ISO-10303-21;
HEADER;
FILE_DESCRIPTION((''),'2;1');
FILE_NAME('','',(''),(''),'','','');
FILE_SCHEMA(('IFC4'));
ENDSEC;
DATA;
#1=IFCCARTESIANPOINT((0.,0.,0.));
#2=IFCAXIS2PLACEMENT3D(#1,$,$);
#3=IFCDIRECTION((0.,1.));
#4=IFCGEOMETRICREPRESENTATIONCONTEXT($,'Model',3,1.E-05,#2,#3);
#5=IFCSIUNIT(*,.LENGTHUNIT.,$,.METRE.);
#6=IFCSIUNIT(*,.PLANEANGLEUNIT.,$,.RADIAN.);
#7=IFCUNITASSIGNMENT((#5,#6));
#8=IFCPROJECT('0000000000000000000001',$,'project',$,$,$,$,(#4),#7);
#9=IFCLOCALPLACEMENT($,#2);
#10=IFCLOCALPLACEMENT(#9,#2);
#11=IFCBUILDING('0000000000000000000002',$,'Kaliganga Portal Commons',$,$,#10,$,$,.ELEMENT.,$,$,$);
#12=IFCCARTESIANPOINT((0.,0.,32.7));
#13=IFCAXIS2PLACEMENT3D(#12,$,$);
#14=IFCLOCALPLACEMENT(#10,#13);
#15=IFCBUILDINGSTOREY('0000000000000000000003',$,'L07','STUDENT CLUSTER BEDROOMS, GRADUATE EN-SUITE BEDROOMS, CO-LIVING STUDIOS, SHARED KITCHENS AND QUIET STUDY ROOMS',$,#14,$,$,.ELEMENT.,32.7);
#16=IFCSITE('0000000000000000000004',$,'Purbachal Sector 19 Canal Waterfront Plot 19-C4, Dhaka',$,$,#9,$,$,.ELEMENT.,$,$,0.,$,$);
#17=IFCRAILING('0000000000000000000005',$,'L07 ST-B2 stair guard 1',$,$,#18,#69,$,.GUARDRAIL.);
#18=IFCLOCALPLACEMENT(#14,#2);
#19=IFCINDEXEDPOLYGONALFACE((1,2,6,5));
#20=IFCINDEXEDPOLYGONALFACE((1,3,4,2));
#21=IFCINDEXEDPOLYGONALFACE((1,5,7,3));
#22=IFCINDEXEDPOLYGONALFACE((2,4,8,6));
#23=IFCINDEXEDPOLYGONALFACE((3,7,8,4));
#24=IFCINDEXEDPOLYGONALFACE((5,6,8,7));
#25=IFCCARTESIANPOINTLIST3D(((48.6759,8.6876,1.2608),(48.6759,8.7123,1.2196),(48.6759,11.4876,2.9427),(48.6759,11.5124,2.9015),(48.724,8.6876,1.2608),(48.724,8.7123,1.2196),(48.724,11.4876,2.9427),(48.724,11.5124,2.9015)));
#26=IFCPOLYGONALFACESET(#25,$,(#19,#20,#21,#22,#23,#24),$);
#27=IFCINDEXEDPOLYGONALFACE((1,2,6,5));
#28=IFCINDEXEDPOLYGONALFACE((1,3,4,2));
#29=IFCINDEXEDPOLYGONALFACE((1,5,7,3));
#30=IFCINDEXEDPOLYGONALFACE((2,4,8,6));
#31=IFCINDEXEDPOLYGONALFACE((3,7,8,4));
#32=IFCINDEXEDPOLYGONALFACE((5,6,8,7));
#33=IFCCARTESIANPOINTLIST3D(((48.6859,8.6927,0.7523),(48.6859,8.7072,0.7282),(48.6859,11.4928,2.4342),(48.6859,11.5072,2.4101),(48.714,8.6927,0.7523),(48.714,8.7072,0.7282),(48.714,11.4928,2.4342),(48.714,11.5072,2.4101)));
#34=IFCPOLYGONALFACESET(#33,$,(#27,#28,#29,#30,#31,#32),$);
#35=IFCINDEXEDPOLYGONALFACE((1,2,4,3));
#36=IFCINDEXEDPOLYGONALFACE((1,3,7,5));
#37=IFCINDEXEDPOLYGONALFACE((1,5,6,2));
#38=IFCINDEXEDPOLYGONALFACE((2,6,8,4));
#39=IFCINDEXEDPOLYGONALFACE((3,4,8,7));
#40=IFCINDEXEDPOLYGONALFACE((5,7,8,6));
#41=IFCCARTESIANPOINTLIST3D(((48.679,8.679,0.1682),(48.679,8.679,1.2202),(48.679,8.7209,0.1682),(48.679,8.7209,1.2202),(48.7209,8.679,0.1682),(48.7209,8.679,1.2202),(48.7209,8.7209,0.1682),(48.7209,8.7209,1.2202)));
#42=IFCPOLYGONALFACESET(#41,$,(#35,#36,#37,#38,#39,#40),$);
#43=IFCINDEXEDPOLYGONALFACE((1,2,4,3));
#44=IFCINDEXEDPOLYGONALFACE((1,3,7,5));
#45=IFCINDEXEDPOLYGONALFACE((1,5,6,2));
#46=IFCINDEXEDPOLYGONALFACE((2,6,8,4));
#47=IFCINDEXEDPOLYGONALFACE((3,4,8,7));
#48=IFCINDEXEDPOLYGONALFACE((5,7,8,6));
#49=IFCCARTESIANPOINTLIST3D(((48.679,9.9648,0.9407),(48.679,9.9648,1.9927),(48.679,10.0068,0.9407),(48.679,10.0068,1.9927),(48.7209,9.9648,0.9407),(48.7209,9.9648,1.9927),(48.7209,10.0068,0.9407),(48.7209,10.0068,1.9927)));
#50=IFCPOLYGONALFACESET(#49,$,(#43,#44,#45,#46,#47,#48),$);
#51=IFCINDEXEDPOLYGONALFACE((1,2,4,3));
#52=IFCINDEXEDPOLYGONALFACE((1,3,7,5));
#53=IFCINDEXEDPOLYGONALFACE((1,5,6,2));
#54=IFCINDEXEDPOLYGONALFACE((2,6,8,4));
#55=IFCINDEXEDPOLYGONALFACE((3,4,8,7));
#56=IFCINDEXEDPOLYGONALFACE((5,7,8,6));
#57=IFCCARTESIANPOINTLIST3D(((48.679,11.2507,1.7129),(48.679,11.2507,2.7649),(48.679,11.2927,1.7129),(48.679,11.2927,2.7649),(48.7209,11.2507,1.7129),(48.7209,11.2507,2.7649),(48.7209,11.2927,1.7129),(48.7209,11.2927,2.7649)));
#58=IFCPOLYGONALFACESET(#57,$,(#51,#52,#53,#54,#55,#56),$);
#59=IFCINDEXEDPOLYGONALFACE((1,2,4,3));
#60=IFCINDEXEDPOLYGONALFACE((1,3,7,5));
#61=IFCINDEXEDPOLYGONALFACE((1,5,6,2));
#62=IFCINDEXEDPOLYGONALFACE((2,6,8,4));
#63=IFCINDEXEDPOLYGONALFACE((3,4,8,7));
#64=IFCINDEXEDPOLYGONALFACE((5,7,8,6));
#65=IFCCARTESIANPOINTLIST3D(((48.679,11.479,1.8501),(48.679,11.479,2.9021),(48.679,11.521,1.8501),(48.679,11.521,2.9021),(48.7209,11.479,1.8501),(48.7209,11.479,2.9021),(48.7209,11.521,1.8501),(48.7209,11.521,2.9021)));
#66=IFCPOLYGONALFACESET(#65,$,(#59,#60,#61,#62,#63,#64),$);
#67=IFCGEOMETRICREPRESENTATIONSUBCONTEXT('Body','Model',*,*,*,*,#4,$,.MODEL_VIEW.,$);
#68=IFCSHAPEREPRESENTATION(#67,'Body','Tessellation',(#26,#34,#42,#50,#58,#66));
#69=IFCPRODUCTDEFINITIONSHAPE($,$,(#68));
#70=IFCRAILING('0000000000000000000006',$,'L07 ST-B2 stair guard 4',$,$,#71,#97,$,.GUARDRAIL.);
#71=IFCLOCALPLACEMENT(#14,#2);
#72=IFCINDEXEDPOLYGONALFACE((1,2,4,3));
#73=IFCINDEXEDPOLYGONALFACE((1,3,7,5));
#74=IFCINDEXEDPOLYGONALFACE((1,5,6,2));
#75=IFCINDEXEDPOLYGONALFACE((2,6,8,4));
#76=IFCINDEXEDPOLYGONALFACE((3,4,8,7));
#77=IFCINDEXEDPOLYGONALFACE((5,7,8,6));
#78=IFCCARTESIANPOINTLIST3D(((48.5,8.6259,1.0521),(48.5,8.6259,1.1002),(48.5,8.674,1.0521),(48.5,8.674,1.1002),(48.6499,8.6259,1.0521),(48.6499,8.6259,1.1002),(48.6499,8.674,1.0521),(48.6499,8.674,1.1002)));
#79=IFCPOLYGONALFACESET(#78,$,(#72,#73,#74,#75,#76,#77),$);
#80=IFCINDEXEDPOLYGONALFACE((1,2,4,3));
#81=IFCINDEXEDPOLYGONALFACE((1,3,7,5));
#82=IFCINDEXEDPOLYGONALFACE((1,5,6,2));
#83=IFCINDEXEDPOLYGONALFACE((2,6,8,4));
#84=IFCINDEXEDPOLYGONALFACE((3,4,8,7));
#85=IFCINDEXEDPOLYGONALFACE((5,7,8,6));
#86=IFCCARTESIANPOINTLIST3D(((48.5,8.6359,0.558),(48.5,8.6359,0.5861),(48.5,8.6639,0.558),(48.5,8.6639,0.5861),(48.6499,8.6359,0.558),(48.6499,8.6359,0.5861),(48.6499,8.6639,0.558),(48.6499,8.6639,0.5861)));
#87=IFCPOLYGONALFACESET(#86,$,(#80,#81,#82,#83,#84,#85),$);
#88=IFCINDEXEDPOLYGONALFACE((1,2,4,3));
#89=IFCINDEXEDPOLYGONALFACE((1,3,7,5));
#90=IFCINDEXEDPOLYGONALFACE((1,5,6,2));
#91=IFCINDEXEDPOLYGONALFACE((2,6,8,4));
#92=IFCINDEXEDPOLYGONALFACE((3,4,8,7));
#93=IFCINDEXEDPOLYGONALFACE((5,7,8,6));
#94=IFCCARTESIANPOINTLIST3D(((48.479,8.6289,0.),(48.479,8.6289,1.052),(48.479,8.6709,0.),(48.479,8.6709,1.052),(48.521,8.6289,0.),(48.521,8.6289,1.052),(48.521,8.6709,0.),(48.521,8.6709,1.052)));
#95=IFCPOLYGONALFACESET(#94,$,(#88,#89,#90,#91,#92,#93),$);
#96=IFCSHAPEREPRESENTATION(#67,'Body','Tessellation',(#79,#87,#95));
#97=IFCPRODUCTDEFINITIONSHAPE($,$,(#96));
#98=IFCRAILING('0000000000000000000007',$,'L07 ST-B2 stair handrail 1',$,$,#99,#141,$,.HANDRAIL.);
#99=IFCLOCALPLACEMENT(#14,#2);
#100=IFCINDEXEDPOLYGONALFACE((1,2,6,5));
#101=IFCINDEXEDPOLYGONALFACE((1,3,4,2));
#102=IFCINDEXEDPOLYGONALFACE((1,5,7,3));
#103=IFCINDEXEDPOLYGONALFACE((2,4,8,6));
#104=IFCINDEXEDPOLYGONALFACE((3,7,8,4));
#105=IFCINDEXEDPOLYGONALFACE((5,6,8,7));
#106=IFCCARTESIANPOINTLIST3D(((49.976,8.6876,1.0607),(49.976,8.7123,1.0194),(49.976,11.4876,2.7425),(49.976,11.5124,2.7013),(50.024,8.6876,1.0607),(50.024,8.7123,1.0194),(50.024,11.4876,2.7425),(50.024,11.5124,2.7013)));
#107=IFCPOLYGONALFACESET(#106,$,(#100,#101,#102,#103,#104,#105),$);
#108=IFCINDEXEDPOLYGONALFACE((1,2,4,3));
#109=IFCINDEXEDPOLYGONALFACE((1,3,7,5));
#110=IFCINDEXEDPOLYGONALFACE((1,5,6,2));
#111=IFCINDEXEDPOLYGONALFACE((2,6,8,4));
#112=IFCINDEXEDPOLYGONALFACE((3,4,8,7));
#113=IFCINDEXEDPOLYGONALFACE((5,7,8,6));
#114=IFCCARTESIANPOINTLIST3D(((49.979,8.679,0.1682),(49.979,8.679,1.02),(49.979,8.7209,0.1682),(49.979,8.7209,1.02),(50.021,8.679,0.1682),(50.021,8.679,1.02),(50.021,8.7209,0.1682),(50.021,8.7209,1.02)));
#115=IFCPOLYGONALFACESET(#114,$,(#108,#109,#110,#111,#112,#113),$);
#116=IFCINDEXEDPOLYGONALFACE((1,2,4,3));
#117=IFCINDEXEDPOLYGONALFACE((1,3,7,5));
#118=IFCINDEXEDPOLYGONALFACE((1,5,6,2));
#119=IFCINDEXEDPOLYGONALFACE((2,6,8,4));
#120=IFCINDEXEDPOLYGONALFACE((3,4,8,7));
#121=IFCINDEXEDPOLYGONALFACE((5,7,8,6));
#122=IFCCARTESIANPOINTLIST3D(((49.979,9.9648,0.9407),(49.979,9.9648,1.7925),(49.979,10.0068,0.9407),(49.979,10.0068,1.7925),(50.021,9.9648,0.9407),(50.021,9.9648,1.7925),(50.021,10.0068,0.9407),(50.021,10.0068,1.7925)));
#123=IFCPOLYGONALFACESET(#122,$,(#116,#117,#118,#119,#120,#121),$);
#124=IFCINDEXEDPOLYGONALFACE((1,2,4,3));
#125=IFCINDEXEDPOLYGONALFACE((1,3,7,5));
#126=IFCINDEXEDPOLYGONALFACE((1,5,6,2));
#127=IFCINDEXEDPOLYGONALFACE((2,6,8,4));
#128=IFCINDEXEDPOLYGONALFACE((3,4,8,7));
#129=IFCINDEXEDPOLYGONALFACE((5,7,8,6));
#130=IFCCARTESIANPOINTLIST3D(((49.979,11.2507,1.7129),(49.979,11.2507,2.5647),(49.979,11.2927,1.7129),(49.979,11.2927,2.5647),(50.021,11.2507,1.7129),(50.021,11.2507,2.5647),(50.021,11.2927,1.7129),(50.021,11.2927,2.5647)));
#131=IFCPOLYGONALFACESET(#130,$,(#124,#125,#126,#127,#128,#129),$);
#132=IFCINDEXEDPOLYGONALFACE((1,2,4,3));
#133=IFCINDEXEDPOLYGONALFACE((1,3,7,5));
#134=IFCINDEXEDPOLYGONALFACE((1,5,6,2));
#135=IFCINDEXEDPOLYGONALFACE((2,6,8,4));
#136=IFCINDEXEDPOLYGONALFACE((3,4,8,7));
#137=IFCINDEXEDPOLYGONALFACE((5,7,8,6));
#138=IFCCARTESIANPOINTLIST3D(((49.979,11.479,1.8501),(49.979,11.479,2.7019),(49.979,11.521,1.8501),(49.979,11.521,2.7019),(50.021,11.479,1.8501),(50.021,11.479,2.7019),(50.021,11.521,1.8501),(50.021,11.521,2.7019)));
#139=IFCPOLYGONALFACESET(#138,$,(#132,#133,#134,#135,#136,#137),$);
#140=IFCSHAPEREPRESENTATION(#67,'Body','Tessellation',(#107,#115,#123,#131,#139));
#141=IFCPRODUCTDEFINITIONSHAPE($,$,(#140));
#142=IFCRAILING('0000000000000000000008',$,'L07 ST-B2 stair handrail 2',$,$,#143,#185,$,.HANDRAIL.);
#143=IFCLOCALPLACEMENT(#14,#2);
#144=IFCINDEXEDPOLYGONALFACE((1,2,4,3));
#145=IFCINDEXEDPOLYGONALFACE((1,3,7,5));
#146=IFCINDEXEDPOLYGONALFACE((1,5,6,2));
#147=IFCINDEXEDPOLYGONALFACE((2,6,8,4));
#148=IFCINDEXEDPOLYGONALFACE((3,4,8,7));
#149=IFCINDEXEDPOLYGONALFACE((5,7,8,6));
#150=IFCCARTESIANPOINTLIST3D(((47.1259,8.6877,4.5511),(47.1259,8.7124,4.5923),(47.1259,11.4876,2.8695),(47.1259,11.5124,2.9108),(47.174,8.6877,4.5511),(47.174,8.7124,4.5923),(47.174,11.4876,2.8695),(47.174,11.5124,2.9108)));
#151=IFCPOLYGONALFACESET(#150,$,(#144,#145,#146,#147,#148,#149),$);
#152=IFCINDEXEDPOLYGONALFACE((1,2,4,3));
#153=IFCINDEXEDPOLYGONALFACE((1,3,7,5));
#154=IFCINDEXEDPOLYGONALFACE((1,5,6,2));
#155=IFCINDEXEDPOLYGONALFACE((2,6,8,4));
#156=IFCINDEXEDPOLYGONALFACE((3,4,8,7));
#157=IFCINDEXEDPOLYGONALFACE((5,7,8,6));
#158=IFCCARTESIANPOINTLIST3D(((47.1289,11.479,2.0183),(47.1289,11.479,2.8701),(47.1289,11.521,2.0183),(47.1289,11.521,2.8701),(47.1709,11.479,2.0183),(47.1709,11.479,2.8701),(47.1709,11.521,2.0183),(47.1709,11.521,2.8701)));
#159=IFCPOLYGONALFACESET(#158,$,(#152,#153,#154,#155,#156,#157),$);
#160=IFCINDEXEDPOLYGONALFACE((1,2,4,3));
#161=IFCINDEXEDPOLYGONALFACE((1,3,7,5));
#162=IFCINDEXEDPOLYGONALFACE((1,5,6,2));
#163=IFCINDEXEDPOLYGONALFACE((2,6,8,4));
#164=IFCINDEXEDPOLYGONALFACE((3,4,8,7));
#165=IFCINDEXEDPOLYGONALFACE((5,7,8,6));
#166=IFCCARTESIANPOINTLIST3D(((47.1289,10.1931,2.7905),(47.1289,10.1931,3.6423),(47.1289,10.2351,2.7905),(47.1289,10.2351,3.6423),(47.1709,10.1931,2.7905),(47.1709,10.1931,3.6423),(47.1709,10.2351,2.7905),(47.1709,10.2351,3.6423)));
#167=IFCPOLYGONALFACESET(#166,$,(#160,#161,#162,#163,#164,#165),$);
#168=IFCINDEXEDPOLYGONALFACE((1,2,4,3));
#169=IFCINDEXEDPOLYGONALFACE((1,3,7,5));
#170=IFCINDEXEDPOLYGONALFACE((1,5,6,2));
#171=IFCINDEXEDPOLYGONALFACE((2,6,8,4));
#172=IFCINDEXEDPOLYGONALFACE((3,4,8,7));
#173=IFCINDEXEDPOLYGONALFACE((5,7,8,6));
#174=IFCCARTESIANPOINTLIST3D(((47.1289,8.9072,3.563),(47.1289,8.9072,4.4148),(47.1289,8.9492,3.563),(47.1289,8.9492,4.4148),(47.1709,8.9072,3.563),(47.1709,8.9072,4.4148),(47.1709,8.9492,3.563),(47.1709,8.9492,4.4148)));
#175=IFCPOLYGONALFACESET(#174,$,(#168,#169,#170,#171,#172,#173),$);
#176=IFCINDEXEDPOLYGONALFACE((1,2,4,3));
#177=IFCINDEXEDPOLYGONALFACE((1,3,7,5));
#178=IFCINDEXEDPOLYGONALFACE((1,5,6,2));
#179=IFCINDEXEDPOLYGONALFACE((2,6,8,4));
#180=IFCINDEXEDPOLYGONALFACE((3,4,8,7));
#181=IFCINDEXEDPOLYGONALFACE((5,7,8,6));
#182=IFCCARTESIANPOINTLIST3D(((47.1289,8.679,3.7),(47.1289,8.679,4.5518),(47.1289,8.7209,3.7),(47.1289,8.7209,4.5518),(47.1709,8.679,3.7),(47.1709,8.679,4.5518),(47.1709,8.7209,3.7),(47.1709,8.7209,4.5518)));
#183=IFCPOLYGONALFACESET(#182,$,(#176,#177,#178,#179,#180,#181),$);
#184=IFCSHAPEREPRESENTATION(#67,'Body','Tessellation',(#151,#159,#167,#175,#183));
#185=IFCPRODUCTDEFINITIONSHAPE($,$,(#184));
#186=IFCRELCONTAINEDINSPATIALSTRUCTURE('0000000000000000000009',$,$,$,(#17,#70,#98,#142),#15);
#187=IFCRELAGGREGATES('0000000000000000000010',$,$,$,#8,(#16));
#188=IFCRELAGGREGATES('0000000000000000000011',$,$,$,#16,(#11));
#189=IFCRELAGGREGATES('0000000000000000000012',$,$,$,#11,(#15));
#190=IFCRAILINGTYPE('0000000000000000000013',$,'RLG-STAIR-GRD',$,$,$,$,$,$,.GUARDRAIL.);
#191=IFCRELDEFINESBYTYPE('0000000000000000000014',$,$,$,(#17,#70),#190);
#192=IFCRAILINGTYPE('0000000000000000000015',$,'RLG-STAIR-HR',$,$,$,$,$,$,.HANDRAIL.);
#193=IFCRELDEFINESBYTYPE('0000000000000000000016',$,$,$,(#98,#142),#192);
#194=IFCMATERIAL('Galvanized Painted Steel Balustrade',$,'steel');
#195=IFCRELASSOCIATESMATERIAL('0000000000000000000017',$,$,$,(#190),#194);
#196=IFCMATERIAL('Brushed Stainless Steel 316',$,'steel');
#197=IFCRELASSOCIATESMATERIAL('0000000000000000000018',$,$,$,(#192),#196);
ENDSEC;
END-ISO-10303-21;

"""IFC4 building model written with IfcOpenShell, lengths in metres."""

from ifc_helpers import new_model, si_unit, direction, frame, origin, origin_2d, place, context, subcontext, project, spatial, rectangle, extrude, material, type_object, element, save


model = new_model("IFC4")

# Units and contexts
model_context = context("Model", 3, precision=1e-05, world=origin(), true_north=direction((0.0, 1.0)))
body_context = subcontext(model_context, "Body", "Model", "MODEL_VIEW")
ifc_project = project(units=[si_unit("LENGTHUNIT", "METRE"), si_unit("PLANEANGLEUNIT", "RADIAN")], contexts=[model_context])

# Site, building, storey
site_placement = place(None, origin())
site = spatial("IfcSite", under=ifc_project, at=site_placement, Name="Purbachal Sector 19 Canal Waterfront Plot 19-C4, Dhaka", CompositionType="ELEMENT", RefElevation=0.0)
building_placement = place(site_placement, origin())
building = spatial("IfcBuilding", under=site, at=building_placement, Name="Kaliganga Portal Commons", CompositionType="ELEMENT")
storey_placement = place(building_placement, frame((0.0, 0.0, 32.7)))
storey = spatial("IfcBuildingStorey", under=building, at=storey_placement, Name="L07", Description="STUDENT CLUSTER BEDROOMS, GRADUATE EN-SUITE BEDROOMS, CO-LIVING STUDIOS, SHARED KITCHENS AND QUIET STUDY ROOMS", CompositionType="ELEMENT", Elevation=32.7)

# Railings
ifc_material_1 = material(Name="Galvanized Painted Steel Balustrade", Category="steel")
railing_type_1 = type_object("IfcRailingType", Name="RLG-STAIR-GRD", PredefinedType="GUARDRAIL", material=ifc_material_1)
railing_1_placement = place(storey_placement, frame((48.7, 8.7, 0.1682)))
element("IfcRailing", 1, at=railing_1_placement, inside=storey, type_object=railing_type_1, Name="L07 ST-B2 stair guard 1", PredefinedType="GUARDRAIL", context=body_context, shape_type="SweptSolid", body=[
    extrude(rectangle(XDim=0.0481, YDim=0.0481, at=origin_2d()), frame((0.0, 0.0, 1.072), z_axis=(0.0, 0.857242, 0.514913), x_axis=(-1.0, 0.0, 0.0)), (0.0, 0.0, 1.0), 3.2664),
    extrude(rectangle(XDim=0.0281, YDim=0.0281, at=origin_2d()), frame((0.0, 0.0, 0.572), z_axis=(0.0, 0.857242, 0.514913), x_axis=(-1.0, 0.0, 0.0)), (0.0, 0.0, 1.0), 3.2664),
    extrude(rectangle(XDim=0.042, YDim=0.042, at=origin_2d()), origin(), (0.0, 0.0, 1.0), 1.052),
    extrude(rectangle(XDim=0.042, YDim=0.042, at=origin_2d()), frame((0.0, 1.2859, 0.7725)), (0.0, 0.0, 1.0), 1.052),
    extrude(rectangle(XDim=0.042, YDim=0.042, at=origin_2d()), frame((0.0, 2.5718, 1.5447)), (0.0, 0.0, 1.0), 1.052),
    extrude(rectangle(XDim=0.042, YDim=0.042, at=origin_2d()), frame((0.0, 2.8, 1.6819)), (0.0, 0.0, 1.0), 1.052),
])
railing_2_placement = place(storey_placement, frame((48.6499, 8.6499, 0.0)))
element("IfcRailing", 2, at=railing_2_placement, inside=storey, type_object=railing_type_1, Name="L07 ST-B2 stair guard 4", PredefinedType="GUARDRAIL", context=body_context, shape_type="SweptSolid", body=[
    extrude(rectangle(XDim=0.0481, YDim=0.0481, at=origin_2d()), frame((0.0, 0.0, 1.0762), z_axis=(-1.0, 0.0, 0.0), x_axis=(0.0, -1.0, 0.0)), (0.0, 0.0, 1.0), 0.1499),
    extrude(rectangle(XDim=0.0281, YDim=0.0281, at=origin_2d()), frame((0.0, 0.0, 0.572), z_axis=(-1.0, 0.0, 0.0), x_axis=(0.0, -1.0, 0.0)), (0.0, 0.0, 1.0), 0.1499),
    extrude(rectangle(XDim=0.042, YDim=0.042, at=origin_2d()), frame((-0.1499, 0.0, 0.0)), (0.0, 0.0, 1.0), 1.052),
])
ifc_material_2 = material(Name="Brushed Stainless Steel 316", Category="steel")
railing_type_2 = type_object("IfcRailingType", Name="RLG-STAIR-HR", PredefinedType="HANDRAIL", material=ifc_material_2)
railing_3_placement = place(storey_placement, frame((50.0, 8.7, 0.1682)))
element("IfcRailing", 3, at=railing_3_placement, inside=storey, type_object=railing_type_2, Name="L07 ST-B2 stair handrail 1", PredefinedType="HANDRAIL", context=body_context, shape_type="SweptSolid", body=[
    extrude(rectangle(XDim=0.0481, YDim=0.0481, at=origin_2d()), frame((0.0, 0.0, 0.8718), z_axis=(0.0, 0.857242, 0.514913), x_axis=(-1.0, 0.0, 0.0)), (0.0, 0.0, 1.0), 3.2664),
    extrude(rectangle(XDim=0.042, YDim=0.042, at=origin_2d()), origin(), (0.0, 0.0, 1.0), 0.8518),
    extrude(rectangle(XDim=0.042, YDim=0.042, at=origin_2d()), frame((0.0, 1.2859, 0.7725)), (0.0, 0.0, 1.0), 0.8518),
    extrude(rectangle(XDim=0.042, YDim=0.042, at=origin_2d()), frame((0.0, 2.5718, 1.5447)), (0.0, 0.0, 1.0), 0.8518),
    extrude(rectangle(XDim=0.042, YDim=0.042, at=origin_2d()), frame((0.0, 2.8, 1.6819)), (0.0, 0.0, 1.0), 0.8518),
])
railing_4_placement = place(storey_placement, frame((47.1499, 11.5, 2.0183)))
element("IfcRailing", 4, at=railing_4_placement, inside=storey, type_object=railing_type_2, Name="L07 ST-B2 stair handrail 2", PredefinedType="HANDRAIL", context=body_context, shape_type="SweptSolid", body=[
    extrude(rectangle(XDim=0.0481, YDim=0.0481, at=origin_2d()), frame((0.0, 0.0, 0.8718), z_axis=(0.0, -0.857275, 0.514858), x_axis=(1.0, 0.0, 0.0)), (0.0, 0.0, 1.0), 3.2661),
    extrude(rectangle(XDim=0.042, YDim=0.042, at=origin_2d()), origin(), (0.0, 0.0, 1.0), 0.8518),
    extrude(rectangle(XDim=0.042, YDim=0.042, at=origin_2d()), frame((0.0, -1.2859, 0.7722)), (0.0, 0.0, 1.0), 0.8518),
    extrude(rectangle(XDim=0.042, YDim=0.042, at=origin_2d()), frame((0.0, -2.5718, 1.5447)), (0.0, 0.0, 1.0), 0.8518),
    extrude(rectangle(XDim=0.042, YDim=0.042, at=origin_2d()), frame((0.0, -2.8, 1.6816)), (0.0, 0.0, 1.0), 0.8518),
])

save(model, "model.ifc")
